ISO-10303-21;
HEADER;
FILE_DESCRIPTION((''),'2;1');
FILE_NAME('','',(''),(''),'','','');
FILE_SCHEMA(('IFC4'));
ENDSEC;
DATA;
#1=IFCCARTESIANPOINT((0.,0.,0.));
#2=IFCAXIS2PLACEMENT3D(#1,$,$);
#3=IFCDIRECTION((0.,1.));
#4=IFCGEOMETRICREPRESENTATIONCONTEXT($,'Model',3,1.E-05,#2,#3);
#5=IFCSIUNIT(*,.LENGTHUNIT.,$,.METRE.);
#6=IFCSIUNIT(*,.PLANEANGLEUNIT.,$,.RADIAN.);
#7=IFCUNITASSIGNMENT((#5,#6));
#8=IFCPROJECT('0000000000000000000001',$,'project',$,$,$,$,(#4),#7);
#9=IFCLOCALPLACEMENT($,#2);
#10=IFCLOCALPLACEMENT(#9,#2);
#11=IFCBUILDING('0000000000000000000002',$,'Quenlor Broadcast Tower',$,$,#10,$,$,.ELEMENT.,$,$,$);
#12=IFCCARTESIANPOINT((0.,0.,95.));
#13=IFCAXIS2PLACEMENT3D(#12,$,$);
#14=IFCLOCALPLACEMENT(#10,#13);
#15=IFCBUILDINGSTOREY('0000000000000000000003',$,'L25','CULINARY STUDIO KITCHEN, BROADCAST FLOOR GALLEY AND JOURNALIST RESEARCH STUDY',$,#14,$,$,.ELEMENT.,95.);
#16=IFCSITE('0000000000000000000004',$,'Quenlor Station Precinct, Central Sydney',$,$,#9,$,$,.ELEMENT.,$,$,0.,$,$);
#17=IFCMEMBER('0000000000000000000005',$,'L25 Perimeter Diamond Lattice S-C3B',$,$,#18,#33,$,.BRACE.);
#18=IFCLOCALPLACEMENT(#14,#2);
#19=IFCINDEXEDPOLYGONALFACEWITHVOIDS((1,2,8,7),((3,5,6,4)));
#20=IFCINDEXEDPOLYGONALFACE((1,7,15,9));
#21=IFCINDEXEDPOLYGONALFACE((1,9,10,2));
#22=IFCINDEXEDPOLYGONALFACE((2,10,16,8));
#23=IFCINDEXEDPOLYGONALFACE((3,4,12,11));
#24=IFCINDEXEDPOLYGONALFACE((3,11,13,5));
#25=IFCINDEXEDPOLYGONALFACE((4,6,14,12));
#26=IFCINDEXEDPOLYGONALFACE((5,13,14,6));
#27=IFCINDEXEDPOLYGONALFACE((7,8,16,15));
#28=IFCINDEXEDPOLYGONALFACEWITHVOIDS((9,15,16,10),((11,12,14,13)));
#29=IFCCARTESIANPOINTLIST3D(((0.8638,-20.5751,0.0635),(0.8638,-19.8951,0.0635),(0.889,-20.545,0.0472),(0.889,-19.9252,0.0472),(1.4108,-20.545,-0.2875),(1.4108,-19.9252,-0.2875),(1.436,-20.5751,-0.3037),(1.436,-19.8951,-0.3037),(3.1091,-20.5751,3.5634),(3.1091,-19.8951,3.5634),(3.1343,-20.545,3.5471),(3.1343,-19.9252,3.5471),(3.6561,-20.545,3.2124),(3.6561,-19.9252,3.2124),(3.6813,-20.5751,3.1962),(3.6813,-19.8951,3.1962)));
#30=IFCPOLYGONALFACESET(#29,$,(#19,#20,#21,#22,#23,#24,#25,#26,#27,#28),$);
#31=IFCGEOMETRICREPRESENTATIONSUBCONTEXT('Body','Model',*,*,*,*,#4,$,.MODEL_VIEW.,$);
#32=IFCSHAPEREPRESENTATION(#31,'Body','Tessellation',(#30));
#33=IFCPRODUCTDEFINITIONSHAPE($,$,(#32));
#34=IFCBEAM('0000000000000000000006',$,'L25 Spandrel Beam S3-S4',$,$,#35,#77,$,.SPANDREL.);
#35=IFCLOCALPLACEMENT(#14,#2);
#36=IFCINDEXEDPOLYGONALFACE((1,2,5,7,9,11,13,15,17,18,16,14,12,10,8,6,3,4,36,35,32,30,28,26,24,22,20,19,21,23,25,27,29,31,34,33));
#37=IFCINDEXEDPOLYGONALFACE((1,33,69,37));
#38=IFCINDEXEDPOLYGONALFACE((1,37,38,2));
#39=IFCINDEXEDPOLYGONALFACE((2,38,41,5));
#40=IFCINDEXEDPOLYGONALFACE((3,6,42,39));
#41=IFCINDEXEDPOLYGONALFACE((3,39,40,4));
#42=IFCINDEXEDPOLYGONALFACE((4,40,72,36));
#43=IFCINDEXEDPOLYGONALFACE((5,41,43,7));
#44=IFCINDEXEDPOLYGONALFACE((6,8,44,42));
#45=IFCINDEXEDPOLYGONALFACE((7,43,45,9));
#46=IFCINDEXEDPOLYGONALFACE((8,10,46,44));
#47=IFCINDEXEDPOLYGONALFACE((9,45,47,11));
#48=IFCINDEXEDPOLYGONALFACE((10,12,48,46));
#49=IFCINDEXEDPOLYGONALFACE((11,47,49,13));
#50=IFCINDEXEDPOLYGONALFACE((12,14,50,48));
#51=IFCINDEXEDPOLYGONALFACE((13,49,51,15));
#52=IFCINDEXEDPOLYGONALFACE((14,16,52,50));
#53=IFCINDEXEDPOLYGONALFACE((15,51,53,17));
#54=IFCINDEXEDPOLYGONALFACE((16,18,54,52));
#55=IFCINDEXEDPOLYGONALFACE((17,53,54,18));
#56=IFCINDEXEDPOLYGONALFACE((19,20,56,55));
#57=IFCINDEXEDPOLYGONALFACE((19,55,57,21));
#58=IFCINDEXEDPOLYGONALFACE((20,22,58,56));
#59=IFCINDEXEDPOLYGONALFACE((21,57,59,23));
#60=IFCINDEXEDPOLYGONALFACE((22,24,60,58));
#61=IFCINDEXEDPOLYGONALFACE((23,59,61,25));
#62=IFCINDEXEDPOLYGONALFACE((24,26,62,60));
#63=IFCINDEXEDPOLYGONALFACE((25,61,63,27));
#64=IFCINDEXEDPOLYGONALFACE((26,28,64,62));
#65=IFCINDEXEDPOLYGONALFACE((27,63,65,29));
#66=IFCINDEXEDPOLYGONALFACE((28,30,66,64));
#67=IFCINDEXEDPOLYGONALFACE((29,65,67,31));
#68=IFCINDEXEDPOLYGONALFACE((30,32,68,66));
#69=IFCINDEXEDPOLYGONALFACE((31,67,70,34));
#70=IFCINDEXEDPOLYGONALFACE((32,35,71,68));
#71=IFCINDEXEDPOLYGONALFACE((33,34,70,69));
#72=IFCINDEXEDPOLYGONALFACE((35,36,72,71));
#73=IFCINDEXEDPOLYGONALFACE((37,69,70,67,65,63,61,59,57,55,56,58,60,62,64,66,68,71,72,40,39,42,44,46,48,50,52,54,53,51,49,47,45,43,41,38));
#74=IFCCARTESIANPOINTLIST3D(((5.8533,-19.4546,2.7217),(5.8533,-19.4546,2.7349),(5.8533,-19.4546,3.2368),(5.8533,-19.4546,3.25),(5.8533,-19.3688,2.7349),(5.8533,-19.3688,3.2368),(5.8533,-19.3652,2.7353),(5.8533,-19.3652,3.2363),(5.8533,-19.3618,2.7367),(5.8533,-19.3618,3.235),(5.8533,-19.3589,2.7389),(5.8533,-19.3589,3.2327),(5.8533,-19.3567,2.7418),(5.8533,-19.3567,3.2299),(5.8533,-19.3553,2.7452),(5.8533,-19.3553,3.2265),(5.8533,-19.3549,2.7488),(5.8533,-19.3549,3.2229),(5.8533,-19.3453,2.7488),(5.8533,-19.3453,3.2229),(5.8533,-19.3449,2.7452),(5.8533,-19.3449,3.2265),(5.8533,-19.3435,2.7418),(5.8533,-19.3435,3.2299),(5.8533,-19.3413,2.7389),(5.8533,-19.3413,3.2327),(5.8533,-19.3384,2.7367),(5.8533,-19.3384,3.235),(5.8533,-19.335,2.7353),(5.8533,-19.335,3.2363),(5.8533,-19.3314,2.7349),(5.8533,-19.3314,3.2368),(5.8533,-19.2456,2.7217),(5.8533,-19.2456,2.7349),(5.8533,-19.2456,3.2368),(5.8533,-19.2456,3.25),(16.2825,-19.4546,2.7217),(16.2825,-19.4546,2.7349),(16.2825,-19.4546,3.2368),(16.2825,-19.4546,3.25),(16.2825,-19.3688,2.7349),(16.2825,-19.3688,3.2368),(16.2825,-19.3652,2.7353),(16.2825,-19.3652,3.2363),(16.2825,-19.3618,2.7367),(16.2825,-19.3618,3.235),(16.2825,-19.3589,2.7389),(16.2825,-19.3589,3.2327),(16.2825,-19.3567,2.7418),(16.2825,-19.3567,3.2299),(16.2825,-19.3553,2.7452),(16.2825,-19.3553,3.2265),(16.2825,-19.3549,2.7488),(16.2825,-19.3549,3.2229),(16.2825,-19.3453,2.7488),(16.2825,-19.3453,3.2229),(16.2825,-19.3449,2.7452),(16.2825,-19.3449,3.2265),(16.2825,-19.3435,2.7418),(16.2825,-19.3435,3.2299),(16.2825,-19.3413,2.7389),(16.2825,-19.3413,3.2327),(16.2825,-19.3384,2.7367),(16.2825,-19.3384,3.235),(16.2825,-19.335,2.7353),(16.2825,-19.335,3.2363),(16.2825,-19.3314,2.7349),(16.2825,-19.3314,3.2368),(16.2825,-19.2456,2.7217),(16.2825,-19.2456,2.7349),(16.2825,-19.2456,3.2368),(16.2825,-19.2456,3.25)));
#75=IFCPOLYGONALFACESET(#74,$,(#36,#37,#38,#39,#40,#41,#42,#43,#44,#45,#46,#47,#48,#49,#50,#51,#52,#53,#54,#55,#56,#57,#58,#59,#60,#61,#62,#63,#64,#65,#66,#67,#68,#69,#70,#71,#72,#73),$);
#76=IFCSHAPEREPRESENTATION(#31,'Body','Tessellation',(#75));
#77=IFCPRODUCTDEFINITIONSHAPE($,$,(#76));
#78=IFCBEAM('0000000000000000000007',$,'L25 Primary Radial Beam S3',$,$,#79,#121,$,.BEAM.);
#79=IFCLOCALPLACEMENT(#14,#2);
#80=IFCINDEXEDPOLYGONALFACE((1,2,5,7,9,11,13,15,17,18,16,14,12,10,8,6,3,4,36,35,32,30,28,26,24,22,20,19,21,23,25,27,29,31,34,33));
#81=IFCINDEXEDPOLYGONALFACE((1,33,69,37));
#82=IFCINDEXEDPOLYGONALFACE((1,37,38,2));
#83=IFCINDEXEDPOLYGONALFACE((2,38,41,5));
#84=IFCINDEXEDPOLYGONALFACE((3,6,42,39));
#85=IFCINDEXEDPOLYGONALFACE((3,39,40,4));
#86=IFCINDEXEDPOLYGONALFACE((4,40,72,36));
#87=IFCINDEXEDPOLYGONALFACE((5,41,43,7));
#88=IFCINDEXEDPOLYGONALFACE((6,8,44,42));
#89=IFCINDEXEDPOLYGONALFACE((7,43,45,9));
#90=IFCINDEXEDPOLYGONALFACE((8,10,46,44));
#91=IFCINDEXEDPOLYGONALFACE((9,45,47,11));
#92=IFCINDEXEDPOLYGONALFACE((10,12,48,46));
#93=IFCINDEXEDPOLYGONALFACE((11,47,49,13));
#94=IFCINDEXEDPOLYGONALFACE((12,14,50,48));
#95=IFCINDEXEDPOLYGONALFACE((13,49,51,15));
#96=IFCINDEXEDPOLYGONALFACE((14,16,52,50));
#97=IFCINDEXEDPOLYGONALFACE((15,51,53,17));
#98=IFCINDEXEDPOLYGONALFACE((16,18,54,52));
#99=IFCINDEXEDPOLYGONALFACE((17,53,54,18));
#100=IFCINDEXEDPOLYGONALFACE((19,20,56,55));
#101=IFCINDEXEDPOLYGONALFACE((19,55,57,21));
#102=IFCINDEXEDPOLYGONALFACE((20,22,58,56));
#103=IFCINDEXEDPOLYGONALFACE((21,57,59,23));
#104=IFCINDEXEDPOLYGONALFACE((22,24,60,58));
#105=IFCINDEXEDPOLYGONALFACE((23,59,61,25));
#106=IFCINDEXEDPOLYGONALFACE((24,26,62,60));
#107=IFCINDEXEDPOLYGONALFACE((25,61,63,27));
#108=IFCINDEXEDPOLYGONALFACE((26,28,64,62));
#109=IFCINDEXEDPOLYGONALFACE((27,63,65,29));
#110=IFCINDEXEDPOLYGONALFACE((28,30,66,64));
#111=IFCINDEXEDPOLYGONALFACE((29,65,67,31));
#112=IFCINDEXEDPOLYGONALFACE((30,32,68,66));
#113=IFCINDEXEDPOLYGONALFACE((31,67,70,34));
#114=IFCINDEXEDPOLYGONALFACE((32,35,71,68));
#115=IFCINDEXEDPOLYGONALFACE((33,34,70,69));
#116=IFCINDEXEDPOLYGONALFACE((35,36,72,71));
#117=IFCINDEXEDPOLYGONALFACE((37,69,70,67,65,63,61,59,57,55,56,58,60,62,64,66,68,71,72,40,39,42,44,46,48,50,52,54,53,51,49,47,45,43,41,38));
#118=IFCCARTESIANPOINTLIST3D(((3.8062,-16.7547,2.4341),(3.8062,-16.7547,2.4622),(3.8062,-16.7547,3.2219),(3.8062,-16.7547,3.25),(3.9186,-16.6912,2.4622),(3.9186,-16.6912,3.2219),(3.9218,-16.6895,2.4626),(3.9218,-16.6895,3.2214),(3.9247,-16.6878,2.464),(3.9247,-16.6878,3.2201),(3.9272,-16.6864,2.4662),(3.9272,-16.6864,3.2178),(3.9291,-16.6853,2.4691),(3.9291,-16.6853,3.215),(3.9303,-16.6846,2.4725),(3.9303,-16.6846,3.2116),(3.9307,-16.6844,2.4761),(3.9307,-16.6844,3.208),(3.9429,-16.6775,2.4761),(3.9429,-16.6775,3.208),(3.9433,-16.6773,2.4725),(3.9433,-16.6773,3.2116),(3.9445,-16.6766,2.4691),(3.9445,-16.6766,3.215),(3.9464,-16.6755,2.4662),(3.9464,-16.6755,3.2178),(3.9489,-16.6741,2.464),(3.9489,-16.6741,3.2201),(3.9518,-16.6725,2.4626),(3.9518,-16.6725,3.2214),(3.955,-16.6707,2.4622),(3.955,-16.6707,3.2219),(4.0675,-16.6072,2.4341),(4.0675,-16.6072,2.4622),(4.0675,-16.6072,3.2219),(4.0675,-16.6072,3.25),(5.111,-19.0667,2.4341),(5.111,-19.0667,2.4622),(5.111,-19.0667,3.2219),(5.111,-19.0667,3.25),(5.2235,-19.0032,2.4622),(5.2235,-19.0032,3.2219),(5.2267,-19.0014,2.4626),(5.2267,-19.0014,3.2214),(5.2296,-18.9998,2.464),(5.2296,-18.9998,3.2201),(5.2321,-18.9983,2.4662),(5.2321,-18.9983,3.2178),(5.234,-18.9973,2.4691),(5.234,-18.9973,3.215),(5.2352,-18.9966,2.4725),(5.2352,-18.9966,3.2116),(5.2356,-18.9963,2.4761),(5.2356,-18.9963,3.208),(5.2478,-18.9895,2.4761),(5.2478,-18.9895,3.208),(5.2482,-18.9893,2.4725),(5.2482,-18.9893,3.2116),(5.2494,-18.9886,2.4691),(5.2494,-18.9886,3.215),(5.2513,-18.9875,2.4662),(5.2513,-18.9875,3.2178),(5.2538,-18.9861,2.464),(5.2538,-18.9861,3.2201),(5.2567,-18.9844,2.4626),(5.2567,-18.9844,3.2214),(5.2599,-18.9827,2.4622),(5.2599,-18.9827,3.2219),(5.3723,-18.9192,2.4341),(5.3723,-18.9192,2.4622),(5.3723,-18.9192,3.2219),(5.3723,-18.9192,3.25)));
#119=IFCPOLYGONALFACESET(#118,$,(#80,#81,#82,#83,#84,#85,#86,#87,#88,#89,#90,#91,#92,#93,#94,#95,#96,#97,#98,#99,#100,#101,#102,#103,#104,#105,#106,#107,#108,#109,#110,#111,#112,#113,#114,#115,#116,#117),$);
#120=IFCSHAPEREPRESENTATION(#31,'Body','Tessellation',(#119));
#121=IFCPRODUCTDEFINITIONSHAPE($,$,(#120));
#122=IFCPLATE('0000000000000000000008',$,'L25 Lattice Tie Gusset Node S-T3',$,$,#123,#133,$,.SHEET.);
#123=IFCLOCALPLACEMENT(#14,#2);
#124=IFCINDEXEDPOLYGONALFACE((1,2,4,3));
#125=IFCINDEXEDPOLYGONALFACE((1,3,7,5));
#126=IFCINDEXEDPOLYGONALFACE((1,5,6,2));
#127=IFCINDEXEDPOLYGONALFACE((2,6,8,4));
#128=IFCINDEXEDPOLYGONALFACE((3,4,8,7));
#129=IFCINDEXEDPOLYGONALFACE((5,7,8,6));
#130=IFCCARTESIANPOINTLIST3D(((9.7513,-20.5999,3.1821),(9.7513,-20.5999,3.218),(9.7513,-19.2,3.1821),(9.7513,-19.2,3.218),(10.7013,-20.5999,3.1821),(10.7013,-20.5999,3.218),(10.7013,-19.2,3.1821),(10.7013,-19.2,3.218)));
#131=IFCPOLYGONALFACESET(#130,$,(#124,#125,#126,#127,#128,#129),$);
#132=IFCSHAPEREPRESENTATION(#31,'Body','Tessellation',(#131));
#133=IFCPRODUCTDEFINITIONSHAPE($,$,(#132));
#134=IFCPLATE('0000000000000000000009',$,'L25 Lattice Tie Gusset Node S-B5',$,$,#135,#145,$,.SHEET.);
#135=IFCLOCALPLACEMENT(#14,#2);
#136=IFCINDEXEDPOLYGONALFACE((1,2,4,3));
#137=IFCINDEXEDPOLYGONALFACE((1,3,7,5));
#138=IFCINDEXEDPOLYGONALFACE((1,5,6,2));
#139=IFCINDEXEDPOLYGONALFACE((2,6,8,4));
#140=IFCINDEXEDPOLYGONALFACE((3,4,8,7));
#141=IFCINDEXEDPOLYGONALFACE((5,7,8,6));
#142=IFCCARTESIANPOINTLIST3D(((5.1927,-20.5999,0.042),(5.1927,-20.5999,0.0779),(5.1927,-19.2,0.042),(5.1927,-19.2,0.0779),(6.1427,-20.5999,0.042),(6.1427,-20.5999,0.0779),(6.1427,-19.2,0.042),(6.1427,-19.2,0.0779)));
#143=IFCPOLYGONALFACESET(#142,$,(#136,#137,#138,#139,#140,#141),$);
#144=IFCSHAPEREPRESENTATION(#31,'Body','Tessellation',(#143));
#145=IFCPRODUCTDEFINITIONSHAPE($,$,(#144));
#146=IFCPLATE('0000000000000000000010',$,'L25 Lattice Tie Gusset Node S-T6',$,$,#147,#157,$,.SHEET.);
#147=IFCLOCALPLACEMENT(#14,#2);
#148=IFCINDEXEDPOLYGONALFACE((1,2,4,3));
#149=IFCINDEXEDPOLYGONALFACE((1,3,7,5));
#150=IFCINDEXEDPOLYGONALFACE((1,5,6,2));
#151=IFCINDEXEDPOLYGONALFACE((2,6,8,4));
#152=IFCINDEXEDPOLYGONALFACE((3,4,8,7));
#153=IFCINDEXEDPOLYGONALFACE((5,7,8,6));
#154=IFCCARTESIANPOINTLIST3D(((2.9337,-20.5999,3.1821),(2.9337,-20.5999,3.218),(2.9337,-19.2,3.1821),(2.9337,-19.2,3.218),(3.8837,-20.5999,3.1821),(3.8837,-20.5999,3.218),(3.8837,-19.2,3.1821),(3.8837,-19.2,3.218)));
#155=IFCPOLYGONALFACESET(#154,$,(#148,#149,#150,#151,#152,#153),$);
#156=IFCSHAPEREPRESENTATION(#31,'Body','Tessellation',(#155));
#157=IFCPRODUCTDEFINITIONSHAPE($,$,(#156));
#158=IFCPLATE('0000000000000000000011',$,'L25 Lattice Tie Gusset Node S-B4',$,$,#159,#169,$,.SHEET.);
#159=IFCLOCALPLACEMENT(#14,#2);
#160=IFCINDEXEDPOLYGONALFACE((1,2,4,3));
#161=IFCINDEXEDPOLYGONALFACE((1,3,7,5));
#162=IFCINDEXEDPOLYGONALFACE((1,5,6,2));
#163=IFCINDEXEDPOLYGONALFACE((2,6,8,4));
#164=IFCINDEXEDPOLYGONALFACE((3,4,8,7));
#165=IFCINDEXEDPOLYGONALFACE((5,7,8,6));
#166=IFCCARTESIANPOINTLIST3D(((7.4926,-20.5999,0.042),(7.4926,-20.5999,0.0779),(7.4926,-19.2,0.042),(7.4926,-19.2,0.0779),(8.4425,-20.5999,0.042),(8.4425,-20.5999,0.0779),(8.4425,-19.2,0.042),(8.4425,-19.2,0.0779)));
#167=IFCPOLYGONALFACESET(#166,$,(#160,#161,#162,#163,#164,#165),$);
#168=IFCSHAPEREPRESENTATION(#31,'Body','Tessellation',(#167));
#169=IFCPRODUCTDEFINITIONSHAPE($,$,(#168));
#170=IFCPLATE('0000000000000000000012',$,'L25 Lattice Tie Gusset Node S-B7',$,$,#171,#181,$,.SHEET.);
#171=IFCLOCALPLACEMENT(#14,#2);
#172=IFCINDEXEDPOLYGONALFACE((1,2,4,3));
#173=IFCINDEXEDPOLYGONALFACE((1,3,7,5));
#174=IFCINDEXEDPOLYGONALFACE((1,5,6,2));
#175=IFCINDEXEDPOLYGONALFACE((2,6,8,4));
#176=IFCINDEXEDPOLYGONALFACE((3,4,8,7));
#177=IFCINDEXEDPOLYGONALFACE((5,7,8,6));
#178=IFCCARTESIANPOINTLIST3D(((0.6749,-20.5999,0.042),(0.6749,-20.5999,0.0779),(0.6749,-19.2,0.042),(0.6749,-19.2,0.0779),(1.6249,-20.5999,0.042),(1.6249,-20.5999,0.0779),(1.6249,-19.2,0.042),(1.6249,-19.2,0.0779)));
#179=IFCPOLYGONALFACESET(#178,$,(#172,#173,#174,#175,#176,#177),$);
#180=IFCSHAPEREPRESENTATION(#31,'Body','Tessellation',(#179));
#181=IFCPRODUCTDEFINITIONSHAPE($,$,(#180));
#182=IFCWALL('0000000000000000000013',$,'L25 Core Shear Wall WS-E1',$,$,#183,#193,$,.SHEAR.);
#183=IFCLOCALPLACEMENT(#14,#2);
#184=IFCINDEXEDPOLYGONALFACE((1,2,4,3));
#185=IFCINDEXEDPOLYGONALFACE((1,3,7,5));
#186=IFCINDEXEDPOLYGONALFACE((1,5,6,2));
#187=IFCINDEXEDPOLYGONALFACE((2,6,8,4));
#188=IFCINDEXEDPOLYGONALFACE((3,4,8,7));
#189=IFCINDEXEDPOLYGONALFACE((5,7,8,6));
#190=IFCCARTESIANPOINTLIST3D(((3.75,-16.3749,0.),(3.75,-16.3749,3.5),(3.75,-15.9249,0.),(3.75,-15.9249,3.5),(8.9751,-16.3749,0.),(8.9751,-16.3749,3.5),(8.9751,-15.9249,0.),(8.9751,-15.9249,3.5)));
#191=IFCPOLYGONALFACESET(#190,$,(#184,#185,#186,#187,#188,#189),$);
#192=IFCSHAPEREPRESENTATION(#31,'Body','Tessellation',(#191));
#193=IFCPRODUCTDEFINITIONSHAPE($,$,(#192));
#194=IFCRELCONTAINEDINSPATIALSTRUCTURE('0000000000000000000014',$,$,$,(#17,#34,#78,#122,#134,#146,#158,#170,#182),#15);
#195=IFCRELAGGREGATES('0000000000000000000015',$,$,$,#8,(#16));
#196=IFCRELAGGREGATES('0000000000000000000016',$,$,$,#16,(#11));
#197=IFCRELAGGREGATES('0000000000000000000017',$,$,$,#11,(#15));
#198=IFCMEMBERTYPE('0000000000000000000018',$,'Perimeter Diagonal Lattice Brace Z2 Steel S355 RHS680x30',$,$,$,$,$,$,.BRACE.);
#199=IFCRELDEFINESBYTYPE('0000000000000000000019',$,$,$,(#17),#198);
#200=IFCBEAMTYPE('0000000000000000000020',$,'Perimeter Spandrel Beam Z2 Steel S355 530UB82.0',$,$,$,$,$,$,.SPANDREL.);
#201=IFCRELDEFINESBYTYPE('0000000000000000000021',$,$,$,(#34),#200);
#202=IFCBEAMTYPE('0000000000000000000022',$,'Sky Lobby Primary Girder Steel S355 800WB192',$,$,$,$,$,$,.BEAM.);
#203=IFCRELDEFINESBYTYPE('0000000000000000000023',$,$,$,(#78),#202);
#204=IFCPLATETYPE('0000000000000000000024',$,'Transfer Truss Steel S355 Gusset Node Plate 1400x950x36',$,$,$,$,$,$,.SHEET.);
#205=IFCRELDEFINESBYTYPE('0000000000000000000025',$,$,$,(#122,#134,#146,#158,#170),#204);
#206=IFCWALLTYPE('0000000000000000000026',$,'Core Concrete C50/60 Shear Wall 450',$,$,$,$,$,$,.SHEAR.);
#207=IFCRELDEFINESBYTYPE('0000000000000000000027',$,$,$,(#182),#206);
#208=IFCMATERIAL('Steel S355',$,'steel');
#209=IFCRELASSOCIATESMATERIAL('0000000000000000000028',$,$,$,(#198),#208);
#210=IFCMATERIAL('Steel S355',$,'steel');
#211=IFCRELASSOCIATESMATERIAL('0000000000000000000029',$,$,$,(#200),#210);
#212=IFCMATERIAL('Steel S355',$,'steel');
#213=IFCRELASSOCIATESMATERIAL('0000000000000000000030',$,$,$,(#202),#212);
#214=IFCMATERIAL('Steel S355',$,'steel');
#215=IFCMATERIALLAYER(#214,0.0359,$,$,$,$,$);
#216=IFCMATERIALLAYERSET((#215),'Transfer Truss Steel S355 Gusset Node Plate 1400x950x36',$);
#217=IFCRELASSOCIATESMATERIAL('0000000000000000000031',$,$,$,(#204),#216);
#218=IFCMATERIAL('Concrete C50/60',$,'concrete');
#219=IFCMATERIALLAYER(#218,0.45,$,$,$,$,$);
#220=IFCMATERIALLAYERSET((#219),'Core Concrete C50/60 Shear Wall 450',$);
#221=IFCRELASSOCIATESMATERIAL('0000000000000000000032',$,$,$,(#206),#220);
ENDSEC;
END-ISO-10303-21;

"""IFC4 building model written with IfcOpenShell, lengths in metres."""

from ifc_helpers import new_model, si_unit, direction, frame, frame_2d, origin, origin_2d, place, context, subcontext, project, spatial, rectangle, hollow_rectangle, i_section, extrude, material, layer, layer_set, material_profile, profile_set, type_object, element, save


model = new_model("IFC4")

# Units and contexts
model_context = context("Model", 3, precision=1e-05, world=origin(), true_north=direction((0.0, 1.0)))
body_context = subcontext(model_context, "Body", "Model", "MODEL_VIEW")
ifc_project = project(units=[si_unit("LENGTHUNIT", "METRE"), si_unit("PLANEANGLEUNIT", "RADIAN")], contexts=[model_context])

# Site, building, storey
site_placement = place(None, origin())
site = spatial("IfcSite", under=ifc_project, at=site_placement, Name="Quenlor Station Precinct, Central Sydney", CompositionType="ELEMENT", RefElevation=0.0)
building_placement = place(site_placement, origin())
building = spatial("IfcBuilding", under=site, at=building_placement, Name="Quenlor Broadcast Tower", CompositionType="ELEMENT")
storey_placement = place(building_placement, frame((0.0, 0.0, 95.0)))
storey = spatial("IfcBuildingStorey", under=building, at=storey_placement, Name="L25", Description="CULINARY STUDIO KITCHEN, BROADCAST FLOOR GALLEY AND JOURNALIST RESEARCH STUDY", CompositionType="ELEMENT", Elevation=95.0)

# Member
ifc_material_1 = material(Name="Steel S355", Category="steel")
ifc_material_profile_1 = material_profile(ifc_material_1, hollow_rectangle(XDim=0.6799, YDim=0.6799, WallThickness=0.03, at=origin_2d()))
ifc_profile_set_1 = profile_set([ifc_material_profile_1], Name="Steel S355 RHS680x680x30")
member_type_1 = type_object("IfcMemberType", Name="Perimeter Diagonal Lattice Brace Z2 Steel S355 RHS680x30", PredefinedType="BRACE", material=ifc_profile_set_1)
for number, where, z_axis, x_axis, name in (
    (1, (1.1499, -20.2351, -0.1201), (0.539968, 0.0, 0.841686), (0.0, 1.0, 0.0), "L25 Perimeter Diamond Lattice S-C3B"),
):
    element("IfcMember", number, at=place(storey_placement, frame(where, z_axis=z_axis, x_axis=x_axis)), inside=storey, type_object=member_type_1, Name=name, PredefinedType="BRACE", context=body_context, shape_type="SweptSolid", body=[
        extrude(hollow_rectangle(XDim=0.6799, YDim=0.6799, WallThickness=0.03, at=origin_2d()), origin(), (0.0, 0.0, 1.0), 4.1582),
    ])

# Beams
ifc_material_2 = material(Name="Steel S355", Category="steel")
ifc_material_profile_2 = material_profile(ifc_material_2, i_section(OverallWidth=0.209, OverallDepth=0.5283, WebThickness=0.0095, FlangeThickness=0.0132, FilletRadius=0.0139, at=origin_2d()))
ifc_profile_set_2 = profile_set([ifc_material_profile_2], Name="Steel S355 530UB82.0")
beam_type_1 = type_object("IfcBeamType", Name="Perimeter Spandrel Beam Z2 Steel S355 530UB82.0", PredefinedType="SPANDREL", material=ifc_profile_set_2)
beam_1_placement = place(storey_placement, frame((5.8533, -19.3501, 2.9858), z_axis=(1.0, 0.0, 0.0), x_axis=(0.0, 1.0, 0.0)))
element("IfcBeam", 2, at=beam_1_placement, inside=storey, type_object=beam_type_1, Name="L25 Spandrel Beam S3-S4", PredefinedType="SPANDREL", context=body_context, shape_type="SweptSolid", body=[
    extrude(i_section(OverallWidth=0.209, OverallDepth=0.5283, WebThickness=0.0095, FlangeThickness=0.0132, FilletRadius=0.0139, at=origin_2d()), origin(), (0.0, 0.0, 1.0), 10.4292),
])
ifc_material_3 = material(Name="Steel S355", Category="steel")
ifc_material_profile_3 = material_profile(ifc_material_3, i_section(OverallWidth=0.3, OverallDepth=0.8159, WebThickness=0.0139, FlangeThickness=0.0281, FilletRadius=0.0139, at=origin_2d()))
ifc_profile_set_3 = profile_set([ifc_material_profile_3], Name="Steel S355 800WB192")
beam_type_2 = type_object("IfcBeamType", Name="Sky Lobby Primary Girder Steel S355 800WB192", PredefinedType="BEAM", material=ifc_profile_set_3)
beam_2_placement = place(storey_placement, frame((5.2417, -18.9929, 2.842), z_axis=(-0.491527, 0.870862, 0.0), x_axis=(-0.870862, -0.491527, 0.0)))
element("IfcBeam", 3, at=beam_2_placement, inside=storey, type_object=beam_type_2, Name="L25 Primary Radial Beam S3", PredefinedType="BEAM", context=body_context, shape_type="SweptSolid", body=[
    extrude(i_section(OverallWidth=0.3, OverallDepth=0.8159, WebThickness=0.0139, FlangeThickness=0.0281, FilletRadius=0.0139, at=origin_2d()), origin(), (0.0, 0.0, 1.0), 2.6548),
])

# Plates
ifc_material_4 = material(Name="Steel S355", Category="steel")
ifc_layer_1 = layer(ifc_material_4, 0.0359)
ifc_layer_set_1 = layer_set([ifc_layer_1], Name="Transfer Truss Steel S355 Gusset Node Plate 1400x950x36")
plate_type = type_object("IfcPlateType", Name="Transfer Truss Steel S355 Gusset Node Plate 1400x950x36", PredefinedType="SHEET", material=ifc_layer_set_1)
for number, where, z_axis, x_axis, name in (
    (4, (10.2263, -19.8999, 3.1821), (0.0, 0.0, 1.0), (0.0, -1.0, 0.0), "L25 Lattice Tie Gusset Node S-T3"),
    (5, (5.6677, -19.8999, 0.042), (0.0, 0.0, 1.0), (0.0, -1.0, 0.0), "L25 Lattice Tie Gusset Node S-B5"),
    (6, (3.4087, -19.8999, 3.1821), (0.0, 0.0, 1.0), (0.0, -1.0, 0.0), "L25 Lattice Tie Gusset Node S-T6"),
    (7, (7.9675, -19.8999, 0.042), (0.0, 0.0, 1.0), (0.0, -1.0, 0.0), "L25 Lattice Tie Gusset Node S-B4"),
    (8, (1.1499, -19.8999, 0.042), (0.0, 0.0, 1.0), (0.0, -1.0, 0.0), "L25 Lattice Tie Gusset Node S-B7"),
):
    element("IfcPlate", number, at=place(storey_placement, frame(where, z_axis=z_axis, x_axis=x_axis)), inside=storey, type_object=plate_type, Name=name, PredefinedType="SHEET", context=body_context, shape_type="SweptSolid", body=[
        extrude(rectangle(XDim=1.3999, YDim=0.95, at=origin_2d()), origin(), (0.0, 0.0, 1.0), 0.0359),
    ])

# Wall
ifc_material_5 = material(Name="Concrete C50/60", Category="concrete")
ifc_layer_2 = layer(ifc_material_5, 0.45)
ifc_layer_set_2 = layer_set([ifc_layer_2], Name="Core Concrete C50/60 Shear Wall 450")
wall_type_1 = type_object("IfcWallType", Name="Core Concrete C50/60 Shear Wall 450", PredefinedType="SHEAR", material=ifc_layer_set_2)
wall_1_placement = place(storey_placement, frame((3.75, -16.1499, 0.0), z_axis=(0.0, 0.0, 1.0), x_axis=(1.0, 0.0, 0.0)))
element("IfcWall", 9, at=wall_1_placement, inside=storey, type_object=wall_type_1, Name="L25 Core Shear Wall WS-E1", PredefinedType="SHEAR", context=body_context, shape_type="SweptSolid", body=[
    extrude(rectangle(XDim=5.2251, YDim=0.45, at=frame_2d((2.6125, 0.0))), origin(), (0.0, 0.0, 1.0), 3.5),
])

save(model, "model.ifc")
